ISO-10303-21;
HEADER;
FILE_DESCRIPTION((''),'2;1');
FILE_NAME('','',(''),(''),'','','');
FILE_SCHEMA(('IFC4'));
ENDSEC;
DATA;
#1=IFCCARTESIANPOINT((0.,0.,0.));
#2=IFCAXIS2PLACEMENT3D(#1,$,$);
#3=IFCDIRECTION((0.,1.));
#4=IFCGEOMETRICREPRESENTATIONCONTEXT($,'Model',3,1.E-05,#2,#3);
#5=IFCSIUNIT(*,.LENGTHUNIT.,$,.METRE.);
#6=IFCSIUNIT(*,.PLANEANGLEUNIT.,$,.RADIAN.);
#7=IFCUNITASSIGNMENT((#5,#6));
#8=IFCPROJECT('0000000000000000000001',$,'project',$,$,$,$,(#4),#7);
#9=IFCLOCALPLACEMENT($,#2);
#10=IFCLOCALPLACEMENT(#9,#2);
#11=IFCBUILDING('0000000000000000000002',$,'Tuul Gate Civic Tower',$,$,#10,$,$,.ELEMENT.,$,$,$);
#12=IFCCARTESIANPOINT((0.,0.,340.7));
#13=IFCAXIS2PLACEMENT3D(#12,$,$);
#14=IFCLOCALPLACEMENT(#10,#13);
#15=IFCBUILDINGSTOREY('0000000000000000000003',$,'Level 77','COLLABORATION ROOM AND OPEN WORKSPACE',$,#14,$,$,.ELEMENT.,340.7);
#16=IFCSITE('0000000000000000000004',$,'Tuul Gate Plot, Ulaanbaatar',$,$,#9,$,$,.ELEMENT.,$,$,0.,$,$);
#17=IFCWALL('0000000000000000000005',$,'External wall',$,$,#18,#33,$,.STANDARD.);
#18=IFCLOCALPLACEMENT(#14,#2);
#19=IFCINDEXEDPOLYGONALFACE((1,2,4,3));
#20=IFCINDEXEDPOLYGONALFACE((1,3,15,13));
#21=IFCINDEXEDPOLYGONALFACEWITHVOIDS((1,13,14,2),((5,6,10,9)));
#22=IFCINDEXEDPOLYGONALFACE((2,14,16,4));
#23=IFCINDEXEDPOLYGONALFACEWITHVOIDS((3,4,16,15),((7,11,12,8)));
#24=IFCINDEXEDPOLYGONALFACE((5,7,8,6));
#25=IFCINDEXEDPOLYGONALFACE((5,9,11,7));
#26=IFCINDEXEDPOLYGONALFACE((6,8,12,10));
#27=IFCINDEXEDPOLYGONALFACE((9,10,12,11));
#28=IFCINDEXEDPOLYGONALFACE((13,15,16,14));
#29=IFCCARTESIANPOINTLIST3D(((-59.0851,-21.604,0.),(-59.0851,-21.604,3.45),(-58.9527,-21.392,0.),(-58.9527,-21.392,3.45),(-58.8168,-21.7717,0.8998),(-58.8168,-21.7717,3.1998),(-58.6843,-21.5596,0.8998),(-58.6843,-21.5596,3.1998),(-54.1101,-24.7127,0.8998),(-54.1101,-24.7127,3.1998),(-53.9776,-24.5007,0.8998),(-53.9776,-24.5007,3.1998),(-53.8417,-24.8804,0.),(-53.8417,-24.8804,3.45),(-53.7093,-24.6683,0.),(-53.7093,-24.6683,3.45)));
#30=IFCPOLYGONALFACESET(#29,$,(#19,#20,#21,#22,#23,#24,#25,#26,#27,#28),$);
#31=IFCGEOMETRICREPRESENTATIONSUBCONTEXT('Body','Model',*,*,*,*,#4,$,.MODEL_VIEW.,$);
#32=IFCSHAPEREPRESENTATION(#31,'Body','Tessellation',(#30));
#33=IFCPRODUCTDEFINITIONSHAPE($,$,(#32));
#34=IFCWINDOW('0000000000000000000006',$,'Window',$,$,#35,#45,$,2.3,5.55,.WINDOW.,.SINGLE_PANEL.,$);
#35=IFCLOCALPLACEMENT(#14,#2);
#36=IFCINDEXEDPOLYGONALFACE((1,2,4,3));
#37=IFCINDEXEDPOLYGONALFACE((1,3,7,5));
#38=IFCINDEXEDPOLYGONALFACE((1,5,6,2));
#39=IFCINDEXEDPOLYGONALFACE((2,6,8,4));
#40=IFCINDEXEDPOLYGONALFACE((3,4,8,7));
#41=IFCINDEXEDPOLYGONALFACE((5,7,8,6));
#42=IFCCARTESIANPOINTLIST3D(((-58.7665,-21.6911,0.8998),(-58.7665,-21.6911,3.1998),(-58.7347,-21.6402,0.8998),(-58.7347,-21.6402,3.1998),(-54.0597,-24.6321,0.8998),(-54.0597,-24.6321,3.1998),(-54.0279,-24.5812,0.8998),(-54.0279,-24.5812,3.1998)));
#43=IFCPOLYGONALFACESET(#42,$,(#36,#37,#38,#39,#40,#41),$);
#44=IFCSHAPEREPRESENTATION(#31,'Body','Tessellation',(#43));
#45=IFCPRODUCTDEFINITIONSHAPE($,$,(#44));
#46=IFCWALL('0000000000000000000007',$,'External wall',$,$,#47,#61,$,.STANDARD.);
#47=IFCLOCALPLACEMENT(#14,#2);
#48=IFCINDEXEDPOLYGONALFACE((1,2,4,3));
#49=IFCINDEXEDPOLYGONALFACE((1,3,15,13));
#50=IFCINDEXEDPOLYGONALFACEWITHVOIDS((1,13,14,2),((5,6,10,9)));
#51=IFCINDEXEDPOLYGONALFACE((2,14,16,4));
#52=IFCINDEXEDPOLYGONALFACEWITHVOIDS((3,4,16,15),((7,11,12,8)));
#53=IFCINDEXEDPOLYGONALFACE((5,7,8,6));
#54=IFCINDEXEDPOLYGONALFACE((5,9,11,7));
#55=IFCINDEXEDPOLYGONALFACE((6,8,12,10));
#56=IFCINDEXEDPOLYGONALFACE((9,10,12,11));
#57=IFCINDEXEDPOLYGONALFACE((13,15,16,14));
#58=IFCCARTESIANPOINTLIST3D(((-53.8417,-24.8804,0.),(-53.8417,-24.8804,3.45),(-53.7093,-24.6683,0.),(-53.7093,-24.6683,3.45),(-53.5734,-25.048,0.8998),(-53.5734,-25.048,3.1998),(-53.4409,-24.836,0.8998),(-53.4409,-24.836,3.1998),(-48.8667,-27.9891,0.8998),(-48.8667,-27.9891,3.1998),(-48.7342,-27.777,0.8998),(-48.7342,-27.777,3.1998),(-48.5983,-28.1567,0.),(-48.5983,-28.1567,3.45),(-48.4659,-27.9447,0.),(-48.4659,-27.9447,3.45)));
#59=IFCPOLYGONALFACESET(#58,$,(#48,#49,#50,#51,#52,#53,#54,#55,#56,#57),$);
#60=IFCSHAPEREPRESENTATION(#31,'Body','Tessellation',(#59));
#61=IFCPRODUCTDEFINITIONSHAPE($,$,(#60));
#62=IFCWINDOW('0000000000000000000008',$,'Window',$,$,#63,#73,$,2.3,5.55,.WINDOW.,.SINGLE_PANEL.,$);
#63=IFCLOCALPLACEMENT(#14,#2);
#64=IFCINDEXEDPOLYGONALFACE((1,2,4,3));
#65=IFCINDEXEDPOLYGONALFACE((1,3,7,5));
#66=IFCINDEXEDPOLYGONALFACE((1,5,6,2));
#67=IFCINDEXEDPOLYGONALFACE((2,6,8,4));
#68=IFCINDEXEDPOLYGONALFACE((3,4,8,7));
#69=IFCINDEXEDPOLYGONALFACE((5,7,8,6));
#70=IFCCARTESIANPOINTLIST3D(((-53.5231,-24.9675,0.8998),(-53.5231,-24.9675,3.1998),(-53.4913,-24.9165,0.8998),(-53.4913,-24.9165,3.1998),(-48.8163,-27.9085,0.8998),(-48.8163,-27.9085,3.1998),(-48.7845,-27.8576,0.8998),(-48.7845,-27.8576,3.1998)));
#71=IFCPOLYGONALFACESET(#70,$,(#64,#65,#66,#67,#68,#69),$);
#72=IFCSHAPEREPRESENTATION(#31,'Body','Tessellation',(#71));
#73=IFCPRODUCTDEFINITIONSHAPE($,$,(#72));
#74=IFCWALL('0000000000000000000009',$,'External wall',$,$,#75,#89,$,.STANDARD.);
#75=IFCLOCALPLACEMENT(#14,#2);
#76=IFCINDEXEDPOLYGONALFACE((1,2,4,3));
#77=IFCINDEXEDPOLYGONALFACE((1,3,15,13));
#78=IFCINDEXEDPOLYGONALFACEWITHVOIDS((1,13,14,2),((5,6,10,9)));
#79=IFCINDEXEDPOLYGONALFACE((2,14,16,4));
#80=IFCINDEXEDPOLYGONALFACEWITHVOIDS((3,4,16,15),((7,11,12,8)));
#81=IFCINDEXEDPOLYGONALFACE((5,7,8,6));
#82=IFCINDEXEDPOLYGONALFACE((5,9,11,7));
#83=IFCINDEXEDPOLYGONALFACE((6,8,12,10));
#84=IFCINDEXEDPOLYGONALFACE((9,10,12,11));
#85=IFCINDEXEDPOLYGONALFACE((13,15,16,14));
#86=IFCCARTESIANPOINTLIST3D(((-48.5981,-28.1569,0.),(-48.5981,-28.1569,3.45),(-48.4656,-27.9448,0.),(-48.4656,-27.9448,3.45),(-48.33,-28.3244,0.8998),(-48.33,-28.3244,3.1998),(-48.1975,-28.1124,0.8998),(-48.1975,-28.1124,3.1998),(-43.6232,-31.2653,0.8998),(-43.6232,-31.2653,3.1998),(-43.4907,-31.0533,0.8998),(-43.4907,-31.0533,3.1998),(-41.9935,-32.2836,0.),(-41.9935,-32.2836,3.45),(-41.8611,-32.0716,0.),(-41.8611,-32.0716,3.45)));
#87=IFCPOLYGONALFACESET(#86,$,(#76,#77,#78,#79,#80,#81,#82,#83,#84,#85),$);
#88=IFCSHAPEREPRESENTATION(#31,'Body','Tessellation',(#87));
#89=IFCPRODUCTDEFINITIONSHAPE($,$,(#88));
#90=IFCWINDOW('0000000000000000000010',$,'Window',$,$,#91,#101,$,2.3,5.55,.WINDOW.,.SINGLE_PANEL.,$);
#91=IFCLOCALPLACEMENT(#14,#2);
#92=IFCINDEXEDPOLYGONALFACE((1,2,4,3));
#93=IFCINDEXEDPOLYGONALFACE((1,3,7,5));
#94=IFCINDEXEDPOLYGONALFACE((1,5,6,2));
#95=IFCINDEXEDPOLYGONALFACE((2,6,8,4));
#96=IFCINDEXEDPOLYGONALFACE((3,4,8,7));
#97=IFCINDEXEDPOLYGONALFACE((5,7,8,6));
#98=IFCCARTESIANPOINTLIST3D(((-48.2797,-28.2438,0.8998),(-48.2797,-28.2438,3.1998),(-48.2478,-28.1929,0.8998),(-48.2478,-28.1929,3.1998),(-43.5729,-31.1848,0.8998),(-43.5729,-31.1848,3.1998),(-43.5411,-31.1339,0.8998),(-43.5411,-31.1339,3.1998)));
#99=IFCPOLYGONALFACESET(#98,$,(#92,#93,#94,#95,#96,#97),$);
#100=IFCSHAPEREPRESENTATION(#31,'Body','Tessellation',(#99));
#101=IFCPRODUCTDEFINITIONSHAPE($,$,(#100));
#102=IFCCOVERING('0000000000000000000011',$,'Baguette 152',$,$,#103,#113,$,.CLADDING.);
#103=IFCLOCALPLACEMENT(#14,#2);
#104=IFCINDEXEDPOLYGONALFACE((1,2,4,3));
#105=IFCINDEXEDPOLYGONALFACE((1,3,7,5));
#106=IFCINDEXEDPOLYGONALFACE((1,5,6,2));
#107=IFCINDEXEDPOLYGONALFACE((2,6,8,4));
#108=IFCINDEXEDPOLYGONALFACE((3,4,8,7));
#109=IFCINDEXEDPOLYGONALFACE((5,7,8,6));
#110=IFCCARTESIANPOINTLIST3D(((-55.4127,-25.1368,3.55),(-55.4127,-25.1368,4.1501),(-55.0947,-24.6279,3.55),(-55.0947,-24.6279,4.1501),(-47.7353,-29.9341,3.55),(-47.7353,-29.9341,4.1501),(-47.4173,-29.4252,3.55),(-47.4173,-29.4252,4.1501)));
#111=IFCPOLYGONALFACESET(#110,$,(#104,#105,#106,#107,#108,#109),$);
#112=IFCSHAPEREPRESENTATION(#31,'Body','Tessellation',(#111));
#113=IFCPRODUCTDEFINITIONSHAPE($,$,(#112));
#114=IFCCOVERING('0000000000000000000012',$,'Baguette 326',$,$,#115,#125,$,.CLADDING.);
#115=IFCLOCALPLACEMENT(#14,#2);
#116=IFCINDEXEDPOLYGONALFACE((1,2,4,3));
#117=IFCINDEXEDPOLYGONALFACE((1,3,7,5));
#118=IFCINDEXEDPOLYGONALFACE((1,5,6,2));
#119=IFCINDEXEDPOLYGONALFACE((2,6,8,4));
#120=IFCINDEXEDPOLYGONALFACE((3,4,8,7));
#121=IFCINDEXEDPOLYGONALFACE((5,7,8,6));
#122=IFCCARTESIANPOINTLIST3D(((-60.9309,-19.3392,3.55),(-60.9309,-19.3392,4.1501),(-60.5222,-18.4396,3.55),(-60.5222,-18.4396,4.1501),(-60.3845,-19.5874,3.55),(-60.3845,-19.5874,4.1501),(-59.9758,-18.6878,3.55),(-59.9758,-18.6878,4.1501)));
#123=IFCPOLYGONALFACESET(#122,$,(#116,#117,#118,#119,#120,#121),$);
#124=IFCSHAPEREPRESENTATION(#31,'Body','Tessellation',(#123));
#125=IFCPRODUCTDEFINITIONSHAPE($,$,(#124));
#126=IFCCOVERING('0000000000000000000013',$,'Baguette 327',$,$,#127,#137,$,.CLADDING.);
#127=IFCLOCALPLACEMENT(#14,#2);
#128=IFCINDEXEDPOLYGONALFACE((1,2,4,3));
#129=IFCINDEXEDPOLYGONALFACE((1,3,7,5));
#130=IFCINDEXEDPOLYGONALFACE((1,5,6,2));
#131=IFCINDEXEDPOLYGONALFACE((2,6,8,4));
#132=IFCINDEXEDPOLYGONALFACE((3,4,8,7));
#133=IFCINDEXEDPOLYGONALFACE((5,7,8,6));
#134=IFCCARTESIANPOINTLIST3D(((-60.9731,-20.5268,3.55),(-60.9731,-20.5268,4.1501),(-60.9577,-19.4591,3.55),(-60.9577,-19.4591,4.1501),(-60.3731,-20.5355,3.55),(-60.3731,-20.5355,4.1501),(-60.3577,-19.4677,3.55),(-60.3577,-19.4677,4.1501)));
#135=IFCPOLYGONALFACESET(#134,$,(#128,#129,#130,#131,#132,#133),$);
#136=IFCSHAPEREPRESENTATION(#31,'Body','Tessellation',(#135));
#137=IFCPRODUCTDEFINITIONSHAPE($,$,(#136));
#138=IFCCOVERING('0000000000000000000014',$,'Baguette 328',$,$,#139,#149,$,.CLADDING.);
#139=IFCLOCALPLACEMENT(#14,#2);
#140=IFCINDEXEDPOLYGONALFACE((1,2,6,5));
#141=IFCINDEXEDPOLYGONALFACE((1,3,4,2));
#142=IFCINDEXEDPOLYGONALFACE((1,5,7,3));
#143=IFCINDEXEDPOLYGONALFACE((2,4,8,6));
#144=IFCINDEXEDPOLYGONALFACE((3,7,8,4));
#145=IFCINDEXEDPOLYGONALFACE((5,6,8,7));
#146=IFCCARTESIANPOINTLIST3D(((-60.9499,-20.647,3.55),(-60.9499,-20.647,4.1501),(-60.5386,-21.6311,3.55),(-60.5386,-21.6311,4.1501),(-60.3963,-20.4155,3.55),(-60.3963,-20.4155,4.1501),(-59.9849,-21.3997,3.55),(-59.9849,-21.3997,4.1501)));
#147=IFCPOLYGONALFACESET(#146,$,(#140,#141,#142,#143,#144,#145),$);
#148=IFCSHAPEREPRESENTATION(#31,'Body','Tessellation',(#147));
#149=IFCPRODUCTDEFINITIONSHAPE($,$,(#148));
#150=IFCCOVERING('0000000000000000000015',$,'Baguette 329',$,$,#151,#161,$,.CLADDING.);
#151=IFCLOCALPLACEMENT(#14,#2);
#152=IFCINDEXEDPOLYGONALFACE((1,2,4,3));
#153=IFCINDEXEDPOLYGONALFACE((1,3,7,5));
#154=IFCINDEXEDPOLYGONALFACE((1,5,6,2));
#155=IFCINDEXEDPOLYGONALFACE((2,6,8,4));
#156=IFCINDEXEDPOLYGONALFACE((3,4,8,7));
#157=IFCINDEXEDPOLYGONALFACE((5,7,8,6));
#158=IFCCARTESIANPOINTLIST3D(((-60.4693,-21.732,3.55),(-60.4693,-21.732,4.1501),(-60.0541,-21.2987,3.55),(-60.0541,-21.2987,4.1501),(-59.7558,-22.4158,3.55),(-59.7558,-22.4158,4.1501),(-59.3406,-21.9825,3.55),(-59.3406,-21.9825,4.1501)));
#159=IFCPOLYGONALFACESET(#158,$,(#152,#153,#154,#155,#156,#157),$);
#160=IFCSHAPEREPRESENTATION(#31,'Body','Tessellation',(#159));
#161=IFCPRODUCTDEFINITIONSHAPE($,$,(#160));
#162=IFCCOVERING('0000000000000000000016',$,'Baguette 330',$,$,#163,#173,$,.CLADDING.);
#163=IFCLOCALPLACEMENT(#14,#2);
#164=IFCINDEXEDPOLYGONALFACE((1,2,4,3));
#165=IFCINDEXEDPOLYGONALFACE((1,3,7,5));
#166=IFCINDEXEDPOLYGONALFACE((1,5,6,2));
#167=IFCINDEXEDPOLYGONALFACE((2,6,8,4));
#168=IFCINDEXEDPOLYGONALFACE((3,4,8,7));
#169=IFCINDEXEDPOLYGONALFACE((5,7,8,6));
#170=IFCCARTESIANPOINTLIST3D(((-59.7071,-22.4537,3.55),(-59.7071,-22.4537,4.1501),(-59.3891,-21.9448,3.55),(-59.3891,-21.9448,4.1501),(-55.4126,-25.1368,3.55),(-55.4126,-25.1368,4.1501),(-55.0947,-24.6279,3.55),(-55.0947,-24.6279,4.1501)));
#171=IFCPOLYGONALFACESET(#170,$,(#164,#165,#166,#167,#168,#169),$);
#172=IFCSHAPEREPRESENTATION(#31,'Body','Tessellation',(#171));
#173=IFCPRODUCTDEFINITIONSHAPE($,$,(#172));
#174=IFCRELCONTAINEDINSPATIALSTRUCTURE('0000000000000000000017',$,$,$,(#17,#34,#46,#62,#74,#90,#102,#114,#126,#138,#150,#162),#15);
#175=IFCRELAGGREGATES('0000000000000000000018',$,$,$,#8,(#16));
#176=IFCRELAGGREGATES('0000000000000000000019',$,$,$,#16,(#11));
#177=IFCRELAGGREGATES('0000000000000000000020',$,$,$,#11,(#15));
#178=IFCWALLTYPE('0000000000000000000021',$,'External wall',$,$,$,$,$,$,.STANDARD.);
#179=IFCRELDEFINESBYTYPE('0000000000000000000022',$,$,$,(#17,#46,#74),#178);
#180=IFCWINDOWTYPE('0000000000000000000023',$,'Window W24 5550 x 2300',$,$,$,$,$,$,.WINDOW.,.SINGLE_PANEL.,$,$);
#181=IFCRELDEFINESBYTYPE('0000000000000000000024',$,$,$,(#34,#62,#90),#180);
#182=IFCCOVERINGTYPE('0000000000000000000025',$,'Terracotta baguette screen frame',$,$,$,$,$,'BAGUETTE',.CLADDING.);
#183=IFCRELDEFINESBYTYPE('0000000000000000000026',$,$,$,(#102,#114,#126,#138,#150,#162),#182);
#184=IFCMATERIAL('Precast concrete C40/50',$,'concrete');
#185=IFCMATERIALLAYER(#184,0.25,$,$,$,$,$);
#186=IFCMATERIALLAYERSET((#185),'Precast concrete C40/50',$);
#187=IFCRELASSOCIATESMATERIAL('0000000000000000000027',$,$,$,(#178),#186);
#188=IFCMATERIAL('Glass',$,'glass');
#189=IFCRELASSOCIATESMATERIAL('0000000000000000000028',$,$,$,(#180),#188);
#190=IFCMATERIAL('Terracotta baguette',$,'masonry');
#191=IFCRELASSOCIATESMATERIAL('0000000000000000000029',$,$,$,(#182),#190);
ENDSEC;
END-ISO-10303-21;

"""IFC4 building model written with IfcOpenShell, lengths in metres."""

from ifc_helpers import new_model, si_unit, direction, frame, frame_2d, origin, origin_2d, place, context, subcontext, project, spatial, rectangle, extrude, material, layer, layer_set, material_profile, profile_set, type_object, element, fill, save


model = new_model("IFC4")

# Units and contexts
model_context = context("Model", 3, precision=1e-05, world=origin(), true_north=direction((0.0, 1.0)))
body_context = subcontext(model_context, "Body", "Model", "MODEL_VIEW")
ifc_project = project(units=[si_unit("LENGTHUNIT", "METRE"), si_unit("PLANEANGLEUNIT", "RADIAN")], contexts=[model_context])

# Site, building, storey
site_placement = place(None, origin())
site = spatial("IfcSite", under=ifc_project, at=site_placement, Name="Tuul Gate Plot, Ulaanbaatar", CompositionType="ELEMENT", RefElevation=0.0)
building_placement = place(site_placement, origin())
building = spatial("IfcBuilding", under=site, at=building_placement, Name="Tuul Gate Civic Tower", CompositionType="ELEMENT")
storey_placement = place(building_placement, frame((0.0, 0.0, 340.7)))
storey = spatial("IfcBuildingStorey", under=building, at=storey_placement, Name="Level 77", Description="COLLABORATION ROOM AND OPEN WORKSPACE", CompositionType="ELEMENT", Elevation=340.7)

# Shared definitions
ifc_material_1 = material(Name="Precast concrete C40/50", Category="concrete")
ifc_layer_1 = layer(ifc_material_1, 0.25)
ifc_layer_set_1 = layer_set([ifc_layer_1], Name="Precast concrete C40/50")
wall_type_1 = type_object("IfcWallType", Name="External wall", PredefinedType="STANDARD", material=ifc_layer_set_1)

# Walls, openings, windows
wall_1_placement = place(storey_placement, frame((-59.0188, -21.498, 0.0), z_axis=(0.0, 0.0, 1.0), x_axis=(0.848054, -0.52991, 0.0)))
wall_1 = element("IfcWall", 1, at=wall_1_placement, inside=storey, type_object=wall_type_1, Name="External wall", PredefinedType="STANDARD", context=body_context, shape_type="SweptSolid", body=[
    extrude(rectangle(XDim=6.1829, YDim=0.25, at=frame_2d((3.0913, 0.0))), origin(), (0.0, 0.0, 1.0), 3.45),
])
opening_1_placement = place(wall_1_placement, frame((0.3164, 0.0, 0.8999)))
opening_1 = element("IfcOpeningElement", 2, at=opening_1_placement, cuts=wall_1, PredefinedType="OPENING", context=body_context, shape_type="SweptSolid", body=[
    extrude(rectangle(XDim=5.55, YDim=2.3, at=frame_2d((2.7749, 1.1499))), frame((0.0, 0.135, 0.0), z_axis=(0.0, -1.0, 0.0), x_axis=(1.0, 0.0, 0.0)), (0.0, 0.0, 1.0), 0.27),
])
ifc_material_2 = material(Name="Glass", Category="glass")
window_type = type_object("IfcWindowType", Name="Window W24 5550 x 2300", PartitioningType="SINGLE_PANEL", PredefinedType="WINDOW", material=ifc_material_2)
window_1_placement = place(opening_1_placement, origin())
window_1 = element("IfcWindow", 3, at=window_1_placement, inside=storey, type_object=window_type, Name="Window", OverallHeight=2.3, OverallWidth=5.55, PartitioningType="SINGLE_PANEL", PredefinedType="WINDOW", context=body_context, shape_type="SweptSolid", body=[
    extrude(rectangle(XDim=5.55, YDim=2.3, at=frame_2d((2.7749, 1.1499))), frame((0.0, 0.03, 0.0), z_axis=(0.0, -1.0, 0.0), x_axis=(1.0, 0.0, 0.0)), (0.0, 0.0, 1.0), 0.0601),
])
fill(opening_1, window_1)
wall_2_placement = place(storey_placement, frame((-53.7754, -24.7744, 0.0), z_axis=(0.0, 0.0, 1.0), x_axis=(0.848054, -0.52991, 0.0)))
wall_2 = element("IfcWall", 4, at=wall_2_placement, inside=storey, type_object=wall_type_1, Name="External wall", PredefinedType="STANDARD", context=body_context, shape_type="SweptSolid", body=[
    extrude(rectangle(XDim=6.1829, YDim=0.25, at=frame_2d((3.0913, 0.0))), origin(), (0.0, 0.0, 1.0), 3.45),
])
opening_2_placement = place(wall_2_placement, frame((0.3164, 0.0, 0.8999)))
opening_2 = element("IfcOpeningElement", 5, at=opening_2_placement, cuts=wall_2, PredefinedType="OPENING", context=body_context, shape_type="SweptSolid", body=[
    extrude(rectangle(XDim=5.55, YDim=2.3, at=frame_2d((2.7749, 1.1499))), frame((0.0, 0.135, 0.0), z_axis=(0.0, -1.0, 0.0), x_axis=(1.0, 0.0, 0.0)), (0.0, 0.0, 1.0), 0.27),
])
window_2_placement = place(opening_2_placement, origin())
window_2 = element("IfcWindow", 6, at=window_2_placement, inside=storey, type_object=window_type, Name="Window", OverallHeight=2.3, OverallWidth=5.55, PartitioningType="SINGLE_PANEL", PredefinedType="WINDOW", context=body_context, shape_type="SweptSolid", body=[
    extrude(rectangle(XDim=5.55, YDim=2.3, at=frame_2d((2.7749, 1.1499))), frame((0.0, 0.03, 0.0), z_axis=(0.0, -1.0, 0.0), x_axis=(1.0, 0.0, 0.0)), (0.0, 0.0, 1.0), 0.0601),
])
fill(opening_2, window_2)
wall_3_placement = place(storey_placement, frame((-48.532, -28.0508, 0.0), z_axis=(0.0, 0.0, 1.0), x_axis=(0.848062, -0.529897, 0.0)))
wall_3 = element("IfcWall", 7, at=wall_3_placement, inside=storey, type_object=wall_type_1, Name="External wall", PredefinedType="STANDARD", context=body_context, shape_type="SweptSolid", body=[
    extrude(rectangle(XDim=7.7878, YDim=0.25, at=frame_2d((3.894, 0.0))), origin(), (0.0, 0.0, 1.0), 3.45),
])
opening_3_placement = place(wall_3_placement, frame((0.3164, 0.0, 0.8999)))
opening_3 = element("IfcOpeningElement", 8, at=opening_3_placement, cuts=wall_3, PredefinedType="OPENING", context=body_context, shape_type="SweptSolid", body=[
    extrude(rectangle(XDim=5.55, YDim=2.3, at=frame_2d((2.7749, 1.1499))), frame((0.0, 0.135, 0.0), z_axis=(0.0, -1.0, 0.0), x_axis=(1.0, 0.0, 0.0)), (0.0, 0.0, 1.0), 0.27),
])
window_3_placement = place(opening_3_placement, origin())
window_3 = element("IfcWindow", 9, at=window_3_placement, inside=storey, type_object=window_type, Name="Window", OverallHeight=2.3, OverallWidth=5.55, PartitioningType="SINGLE_PANEL", PredefinedType="WINDOW", context=body_context, shape_type="SweptSolid", body=[
    extrude(rectangle(XDim=5.55, YDim=2.3, at=frame_2d((2.7749, 1.1499))), frame((0.0, 0.03, 0.0), z_axis=(0.0, -1.0, 0.0), x_axis=(1.0, 0.0, 0.0)), (0.0, 0.0, 1.0), 0.0601),
])
fill(opening_3, window_3)

# Coverings
ifc_material_3 = material(Name="Terracotta baguette", Category="masonry")
ifc_material_profile_1 = material_profile(ifc_material_3, rectangle(XDim=0.6001, YDim=0.6001, at=origin_2d()), Name="Terracotta baguette screen frame")
ifc_profile_set_1 = profile_set([ifc_material_profile_1], Name="Terracotta baguette")
covering_type = type_object("IfcCoveringType", Name="Terracotta baguette screen frame", ElementType="BAGUETTE", PredefinedType="CLADDING", material=ifc_profile_set_1)
covering_1_placement = place(storey_placement, frame((-55.2537, -24.8823, 3.8501), z_axis=(0.848051, -0.529914, 0.0), x_axis=(0.529914, 0.848051, 0.0)))
element("IfcCovering", 10, at=covering_1_placement, inside=storey, type_object=covering_type, Name="Baguette 152", PredefinedType="CLADDING", context=body_context, shape_type="SweptSolid", body=[
    extrude(rectangle(XDim=0.6001, YDim=0.6001, at=origin_2d()), origin(), (0.0, 0.0, 1.0), 9.053),
])
covering_2_placement = place(storey_placement, frame((-60.249, -18.5637, 3.8501), z_axis=(-0.413598, -0.91046, 0.0), x_axis=(0.91046, -0.413598, 0.0)))
element("IfcCovering", 11, at=covering_2_placement, inside=storey, type_object=covering_type, Name="Baguette 326", PredefinedType="CLADDING", context=body_context, shape_type="SweptSolid", body=[
    extrude(rectangle(XDim=0.6001, YDim=0.6001, at=origin_2d()), origin(), (0.0, 0.0, 1.0), 0.988),
])
covering_3_placement = place(storey_placement, frame((-60.6577, -19.4634, 3.8501), z_axis=(-0.014402, -0.999896, 0.0), x_axis=(0.999896, -0.014402, 0.0)))
element("IfcCovering", 12, at=covering_3_placement, inside=storey, type_object=covering_type, Name="Baguette 327", PredefinedType="CLADDING", context=body_context, shape_type="SweptSolid", body=[
    extrude(rectangle(XDim=0.6001, YDim=0.6001, at=origin_2d()), origin(), (0.0, 0.0, 1.0), 1.0679),
])
covering_4_placement = place(storey_placement, frame((-60.6731, -20.5312, 3.8501), z_axis=(0.385672, -0.922636, 0.0), x_axis=(0.922636, 0.385672, 0.0)))
element("IfcCovering", 13, at=covering_4_placement, inside=storey, type_object=covering_type, Name="Baguette 328", PredefinedType="CLADDING", context=body_context, shape_type="SweptSolid", body=[
    extrude(rectangle(XDim=0.6001, YDim=0.6001, at=origin_2d()), origin(), (0.0, 0.0, 1.0), 1.0667),
])
covering_5_placement = place(storey_placement, frame((-60.2617, -21.5154, 3.8501), z_axis=(0.722014, -0.691879, 0.0), x_axis=(0.691879, 0.722014, 0.0)))
element("IfcCovering", 14, at=covering_5_placement, inside=storey, type_object=covering_type, Name="Baguette 329", PredefinedType="CLADDING", context=body_context, shape_type="SweptSolid", body=[
    extrude(rectangle(XDim=0.6001, YDim=0.6001, at=origin_2d()), origin(), (0.0, 0.0, 1.0), 0.9883),
])
covering_6_placement = place(storey_placement, frame((-59.5481, -22.1992, 3.8501), z_axis=(0.84808, -0.529869, 0.0), x_axis=(0.529869, 0.84808, 0.0)))
element("IfcCovering", 15, at=covering_6_placement, inside=storey, type_object=covering_type, Name="Baguette 330", PredefinedType="CLADDING", context=body_context, shape_type="SweptSolid", body=[
    extrude(rectangle(XDim=0.6001, YDim=0.6001, at=origin_2d()), origin(), (0.0, 0.0, 1.0), 5.0637),
])

save(model, "model.ifc")
